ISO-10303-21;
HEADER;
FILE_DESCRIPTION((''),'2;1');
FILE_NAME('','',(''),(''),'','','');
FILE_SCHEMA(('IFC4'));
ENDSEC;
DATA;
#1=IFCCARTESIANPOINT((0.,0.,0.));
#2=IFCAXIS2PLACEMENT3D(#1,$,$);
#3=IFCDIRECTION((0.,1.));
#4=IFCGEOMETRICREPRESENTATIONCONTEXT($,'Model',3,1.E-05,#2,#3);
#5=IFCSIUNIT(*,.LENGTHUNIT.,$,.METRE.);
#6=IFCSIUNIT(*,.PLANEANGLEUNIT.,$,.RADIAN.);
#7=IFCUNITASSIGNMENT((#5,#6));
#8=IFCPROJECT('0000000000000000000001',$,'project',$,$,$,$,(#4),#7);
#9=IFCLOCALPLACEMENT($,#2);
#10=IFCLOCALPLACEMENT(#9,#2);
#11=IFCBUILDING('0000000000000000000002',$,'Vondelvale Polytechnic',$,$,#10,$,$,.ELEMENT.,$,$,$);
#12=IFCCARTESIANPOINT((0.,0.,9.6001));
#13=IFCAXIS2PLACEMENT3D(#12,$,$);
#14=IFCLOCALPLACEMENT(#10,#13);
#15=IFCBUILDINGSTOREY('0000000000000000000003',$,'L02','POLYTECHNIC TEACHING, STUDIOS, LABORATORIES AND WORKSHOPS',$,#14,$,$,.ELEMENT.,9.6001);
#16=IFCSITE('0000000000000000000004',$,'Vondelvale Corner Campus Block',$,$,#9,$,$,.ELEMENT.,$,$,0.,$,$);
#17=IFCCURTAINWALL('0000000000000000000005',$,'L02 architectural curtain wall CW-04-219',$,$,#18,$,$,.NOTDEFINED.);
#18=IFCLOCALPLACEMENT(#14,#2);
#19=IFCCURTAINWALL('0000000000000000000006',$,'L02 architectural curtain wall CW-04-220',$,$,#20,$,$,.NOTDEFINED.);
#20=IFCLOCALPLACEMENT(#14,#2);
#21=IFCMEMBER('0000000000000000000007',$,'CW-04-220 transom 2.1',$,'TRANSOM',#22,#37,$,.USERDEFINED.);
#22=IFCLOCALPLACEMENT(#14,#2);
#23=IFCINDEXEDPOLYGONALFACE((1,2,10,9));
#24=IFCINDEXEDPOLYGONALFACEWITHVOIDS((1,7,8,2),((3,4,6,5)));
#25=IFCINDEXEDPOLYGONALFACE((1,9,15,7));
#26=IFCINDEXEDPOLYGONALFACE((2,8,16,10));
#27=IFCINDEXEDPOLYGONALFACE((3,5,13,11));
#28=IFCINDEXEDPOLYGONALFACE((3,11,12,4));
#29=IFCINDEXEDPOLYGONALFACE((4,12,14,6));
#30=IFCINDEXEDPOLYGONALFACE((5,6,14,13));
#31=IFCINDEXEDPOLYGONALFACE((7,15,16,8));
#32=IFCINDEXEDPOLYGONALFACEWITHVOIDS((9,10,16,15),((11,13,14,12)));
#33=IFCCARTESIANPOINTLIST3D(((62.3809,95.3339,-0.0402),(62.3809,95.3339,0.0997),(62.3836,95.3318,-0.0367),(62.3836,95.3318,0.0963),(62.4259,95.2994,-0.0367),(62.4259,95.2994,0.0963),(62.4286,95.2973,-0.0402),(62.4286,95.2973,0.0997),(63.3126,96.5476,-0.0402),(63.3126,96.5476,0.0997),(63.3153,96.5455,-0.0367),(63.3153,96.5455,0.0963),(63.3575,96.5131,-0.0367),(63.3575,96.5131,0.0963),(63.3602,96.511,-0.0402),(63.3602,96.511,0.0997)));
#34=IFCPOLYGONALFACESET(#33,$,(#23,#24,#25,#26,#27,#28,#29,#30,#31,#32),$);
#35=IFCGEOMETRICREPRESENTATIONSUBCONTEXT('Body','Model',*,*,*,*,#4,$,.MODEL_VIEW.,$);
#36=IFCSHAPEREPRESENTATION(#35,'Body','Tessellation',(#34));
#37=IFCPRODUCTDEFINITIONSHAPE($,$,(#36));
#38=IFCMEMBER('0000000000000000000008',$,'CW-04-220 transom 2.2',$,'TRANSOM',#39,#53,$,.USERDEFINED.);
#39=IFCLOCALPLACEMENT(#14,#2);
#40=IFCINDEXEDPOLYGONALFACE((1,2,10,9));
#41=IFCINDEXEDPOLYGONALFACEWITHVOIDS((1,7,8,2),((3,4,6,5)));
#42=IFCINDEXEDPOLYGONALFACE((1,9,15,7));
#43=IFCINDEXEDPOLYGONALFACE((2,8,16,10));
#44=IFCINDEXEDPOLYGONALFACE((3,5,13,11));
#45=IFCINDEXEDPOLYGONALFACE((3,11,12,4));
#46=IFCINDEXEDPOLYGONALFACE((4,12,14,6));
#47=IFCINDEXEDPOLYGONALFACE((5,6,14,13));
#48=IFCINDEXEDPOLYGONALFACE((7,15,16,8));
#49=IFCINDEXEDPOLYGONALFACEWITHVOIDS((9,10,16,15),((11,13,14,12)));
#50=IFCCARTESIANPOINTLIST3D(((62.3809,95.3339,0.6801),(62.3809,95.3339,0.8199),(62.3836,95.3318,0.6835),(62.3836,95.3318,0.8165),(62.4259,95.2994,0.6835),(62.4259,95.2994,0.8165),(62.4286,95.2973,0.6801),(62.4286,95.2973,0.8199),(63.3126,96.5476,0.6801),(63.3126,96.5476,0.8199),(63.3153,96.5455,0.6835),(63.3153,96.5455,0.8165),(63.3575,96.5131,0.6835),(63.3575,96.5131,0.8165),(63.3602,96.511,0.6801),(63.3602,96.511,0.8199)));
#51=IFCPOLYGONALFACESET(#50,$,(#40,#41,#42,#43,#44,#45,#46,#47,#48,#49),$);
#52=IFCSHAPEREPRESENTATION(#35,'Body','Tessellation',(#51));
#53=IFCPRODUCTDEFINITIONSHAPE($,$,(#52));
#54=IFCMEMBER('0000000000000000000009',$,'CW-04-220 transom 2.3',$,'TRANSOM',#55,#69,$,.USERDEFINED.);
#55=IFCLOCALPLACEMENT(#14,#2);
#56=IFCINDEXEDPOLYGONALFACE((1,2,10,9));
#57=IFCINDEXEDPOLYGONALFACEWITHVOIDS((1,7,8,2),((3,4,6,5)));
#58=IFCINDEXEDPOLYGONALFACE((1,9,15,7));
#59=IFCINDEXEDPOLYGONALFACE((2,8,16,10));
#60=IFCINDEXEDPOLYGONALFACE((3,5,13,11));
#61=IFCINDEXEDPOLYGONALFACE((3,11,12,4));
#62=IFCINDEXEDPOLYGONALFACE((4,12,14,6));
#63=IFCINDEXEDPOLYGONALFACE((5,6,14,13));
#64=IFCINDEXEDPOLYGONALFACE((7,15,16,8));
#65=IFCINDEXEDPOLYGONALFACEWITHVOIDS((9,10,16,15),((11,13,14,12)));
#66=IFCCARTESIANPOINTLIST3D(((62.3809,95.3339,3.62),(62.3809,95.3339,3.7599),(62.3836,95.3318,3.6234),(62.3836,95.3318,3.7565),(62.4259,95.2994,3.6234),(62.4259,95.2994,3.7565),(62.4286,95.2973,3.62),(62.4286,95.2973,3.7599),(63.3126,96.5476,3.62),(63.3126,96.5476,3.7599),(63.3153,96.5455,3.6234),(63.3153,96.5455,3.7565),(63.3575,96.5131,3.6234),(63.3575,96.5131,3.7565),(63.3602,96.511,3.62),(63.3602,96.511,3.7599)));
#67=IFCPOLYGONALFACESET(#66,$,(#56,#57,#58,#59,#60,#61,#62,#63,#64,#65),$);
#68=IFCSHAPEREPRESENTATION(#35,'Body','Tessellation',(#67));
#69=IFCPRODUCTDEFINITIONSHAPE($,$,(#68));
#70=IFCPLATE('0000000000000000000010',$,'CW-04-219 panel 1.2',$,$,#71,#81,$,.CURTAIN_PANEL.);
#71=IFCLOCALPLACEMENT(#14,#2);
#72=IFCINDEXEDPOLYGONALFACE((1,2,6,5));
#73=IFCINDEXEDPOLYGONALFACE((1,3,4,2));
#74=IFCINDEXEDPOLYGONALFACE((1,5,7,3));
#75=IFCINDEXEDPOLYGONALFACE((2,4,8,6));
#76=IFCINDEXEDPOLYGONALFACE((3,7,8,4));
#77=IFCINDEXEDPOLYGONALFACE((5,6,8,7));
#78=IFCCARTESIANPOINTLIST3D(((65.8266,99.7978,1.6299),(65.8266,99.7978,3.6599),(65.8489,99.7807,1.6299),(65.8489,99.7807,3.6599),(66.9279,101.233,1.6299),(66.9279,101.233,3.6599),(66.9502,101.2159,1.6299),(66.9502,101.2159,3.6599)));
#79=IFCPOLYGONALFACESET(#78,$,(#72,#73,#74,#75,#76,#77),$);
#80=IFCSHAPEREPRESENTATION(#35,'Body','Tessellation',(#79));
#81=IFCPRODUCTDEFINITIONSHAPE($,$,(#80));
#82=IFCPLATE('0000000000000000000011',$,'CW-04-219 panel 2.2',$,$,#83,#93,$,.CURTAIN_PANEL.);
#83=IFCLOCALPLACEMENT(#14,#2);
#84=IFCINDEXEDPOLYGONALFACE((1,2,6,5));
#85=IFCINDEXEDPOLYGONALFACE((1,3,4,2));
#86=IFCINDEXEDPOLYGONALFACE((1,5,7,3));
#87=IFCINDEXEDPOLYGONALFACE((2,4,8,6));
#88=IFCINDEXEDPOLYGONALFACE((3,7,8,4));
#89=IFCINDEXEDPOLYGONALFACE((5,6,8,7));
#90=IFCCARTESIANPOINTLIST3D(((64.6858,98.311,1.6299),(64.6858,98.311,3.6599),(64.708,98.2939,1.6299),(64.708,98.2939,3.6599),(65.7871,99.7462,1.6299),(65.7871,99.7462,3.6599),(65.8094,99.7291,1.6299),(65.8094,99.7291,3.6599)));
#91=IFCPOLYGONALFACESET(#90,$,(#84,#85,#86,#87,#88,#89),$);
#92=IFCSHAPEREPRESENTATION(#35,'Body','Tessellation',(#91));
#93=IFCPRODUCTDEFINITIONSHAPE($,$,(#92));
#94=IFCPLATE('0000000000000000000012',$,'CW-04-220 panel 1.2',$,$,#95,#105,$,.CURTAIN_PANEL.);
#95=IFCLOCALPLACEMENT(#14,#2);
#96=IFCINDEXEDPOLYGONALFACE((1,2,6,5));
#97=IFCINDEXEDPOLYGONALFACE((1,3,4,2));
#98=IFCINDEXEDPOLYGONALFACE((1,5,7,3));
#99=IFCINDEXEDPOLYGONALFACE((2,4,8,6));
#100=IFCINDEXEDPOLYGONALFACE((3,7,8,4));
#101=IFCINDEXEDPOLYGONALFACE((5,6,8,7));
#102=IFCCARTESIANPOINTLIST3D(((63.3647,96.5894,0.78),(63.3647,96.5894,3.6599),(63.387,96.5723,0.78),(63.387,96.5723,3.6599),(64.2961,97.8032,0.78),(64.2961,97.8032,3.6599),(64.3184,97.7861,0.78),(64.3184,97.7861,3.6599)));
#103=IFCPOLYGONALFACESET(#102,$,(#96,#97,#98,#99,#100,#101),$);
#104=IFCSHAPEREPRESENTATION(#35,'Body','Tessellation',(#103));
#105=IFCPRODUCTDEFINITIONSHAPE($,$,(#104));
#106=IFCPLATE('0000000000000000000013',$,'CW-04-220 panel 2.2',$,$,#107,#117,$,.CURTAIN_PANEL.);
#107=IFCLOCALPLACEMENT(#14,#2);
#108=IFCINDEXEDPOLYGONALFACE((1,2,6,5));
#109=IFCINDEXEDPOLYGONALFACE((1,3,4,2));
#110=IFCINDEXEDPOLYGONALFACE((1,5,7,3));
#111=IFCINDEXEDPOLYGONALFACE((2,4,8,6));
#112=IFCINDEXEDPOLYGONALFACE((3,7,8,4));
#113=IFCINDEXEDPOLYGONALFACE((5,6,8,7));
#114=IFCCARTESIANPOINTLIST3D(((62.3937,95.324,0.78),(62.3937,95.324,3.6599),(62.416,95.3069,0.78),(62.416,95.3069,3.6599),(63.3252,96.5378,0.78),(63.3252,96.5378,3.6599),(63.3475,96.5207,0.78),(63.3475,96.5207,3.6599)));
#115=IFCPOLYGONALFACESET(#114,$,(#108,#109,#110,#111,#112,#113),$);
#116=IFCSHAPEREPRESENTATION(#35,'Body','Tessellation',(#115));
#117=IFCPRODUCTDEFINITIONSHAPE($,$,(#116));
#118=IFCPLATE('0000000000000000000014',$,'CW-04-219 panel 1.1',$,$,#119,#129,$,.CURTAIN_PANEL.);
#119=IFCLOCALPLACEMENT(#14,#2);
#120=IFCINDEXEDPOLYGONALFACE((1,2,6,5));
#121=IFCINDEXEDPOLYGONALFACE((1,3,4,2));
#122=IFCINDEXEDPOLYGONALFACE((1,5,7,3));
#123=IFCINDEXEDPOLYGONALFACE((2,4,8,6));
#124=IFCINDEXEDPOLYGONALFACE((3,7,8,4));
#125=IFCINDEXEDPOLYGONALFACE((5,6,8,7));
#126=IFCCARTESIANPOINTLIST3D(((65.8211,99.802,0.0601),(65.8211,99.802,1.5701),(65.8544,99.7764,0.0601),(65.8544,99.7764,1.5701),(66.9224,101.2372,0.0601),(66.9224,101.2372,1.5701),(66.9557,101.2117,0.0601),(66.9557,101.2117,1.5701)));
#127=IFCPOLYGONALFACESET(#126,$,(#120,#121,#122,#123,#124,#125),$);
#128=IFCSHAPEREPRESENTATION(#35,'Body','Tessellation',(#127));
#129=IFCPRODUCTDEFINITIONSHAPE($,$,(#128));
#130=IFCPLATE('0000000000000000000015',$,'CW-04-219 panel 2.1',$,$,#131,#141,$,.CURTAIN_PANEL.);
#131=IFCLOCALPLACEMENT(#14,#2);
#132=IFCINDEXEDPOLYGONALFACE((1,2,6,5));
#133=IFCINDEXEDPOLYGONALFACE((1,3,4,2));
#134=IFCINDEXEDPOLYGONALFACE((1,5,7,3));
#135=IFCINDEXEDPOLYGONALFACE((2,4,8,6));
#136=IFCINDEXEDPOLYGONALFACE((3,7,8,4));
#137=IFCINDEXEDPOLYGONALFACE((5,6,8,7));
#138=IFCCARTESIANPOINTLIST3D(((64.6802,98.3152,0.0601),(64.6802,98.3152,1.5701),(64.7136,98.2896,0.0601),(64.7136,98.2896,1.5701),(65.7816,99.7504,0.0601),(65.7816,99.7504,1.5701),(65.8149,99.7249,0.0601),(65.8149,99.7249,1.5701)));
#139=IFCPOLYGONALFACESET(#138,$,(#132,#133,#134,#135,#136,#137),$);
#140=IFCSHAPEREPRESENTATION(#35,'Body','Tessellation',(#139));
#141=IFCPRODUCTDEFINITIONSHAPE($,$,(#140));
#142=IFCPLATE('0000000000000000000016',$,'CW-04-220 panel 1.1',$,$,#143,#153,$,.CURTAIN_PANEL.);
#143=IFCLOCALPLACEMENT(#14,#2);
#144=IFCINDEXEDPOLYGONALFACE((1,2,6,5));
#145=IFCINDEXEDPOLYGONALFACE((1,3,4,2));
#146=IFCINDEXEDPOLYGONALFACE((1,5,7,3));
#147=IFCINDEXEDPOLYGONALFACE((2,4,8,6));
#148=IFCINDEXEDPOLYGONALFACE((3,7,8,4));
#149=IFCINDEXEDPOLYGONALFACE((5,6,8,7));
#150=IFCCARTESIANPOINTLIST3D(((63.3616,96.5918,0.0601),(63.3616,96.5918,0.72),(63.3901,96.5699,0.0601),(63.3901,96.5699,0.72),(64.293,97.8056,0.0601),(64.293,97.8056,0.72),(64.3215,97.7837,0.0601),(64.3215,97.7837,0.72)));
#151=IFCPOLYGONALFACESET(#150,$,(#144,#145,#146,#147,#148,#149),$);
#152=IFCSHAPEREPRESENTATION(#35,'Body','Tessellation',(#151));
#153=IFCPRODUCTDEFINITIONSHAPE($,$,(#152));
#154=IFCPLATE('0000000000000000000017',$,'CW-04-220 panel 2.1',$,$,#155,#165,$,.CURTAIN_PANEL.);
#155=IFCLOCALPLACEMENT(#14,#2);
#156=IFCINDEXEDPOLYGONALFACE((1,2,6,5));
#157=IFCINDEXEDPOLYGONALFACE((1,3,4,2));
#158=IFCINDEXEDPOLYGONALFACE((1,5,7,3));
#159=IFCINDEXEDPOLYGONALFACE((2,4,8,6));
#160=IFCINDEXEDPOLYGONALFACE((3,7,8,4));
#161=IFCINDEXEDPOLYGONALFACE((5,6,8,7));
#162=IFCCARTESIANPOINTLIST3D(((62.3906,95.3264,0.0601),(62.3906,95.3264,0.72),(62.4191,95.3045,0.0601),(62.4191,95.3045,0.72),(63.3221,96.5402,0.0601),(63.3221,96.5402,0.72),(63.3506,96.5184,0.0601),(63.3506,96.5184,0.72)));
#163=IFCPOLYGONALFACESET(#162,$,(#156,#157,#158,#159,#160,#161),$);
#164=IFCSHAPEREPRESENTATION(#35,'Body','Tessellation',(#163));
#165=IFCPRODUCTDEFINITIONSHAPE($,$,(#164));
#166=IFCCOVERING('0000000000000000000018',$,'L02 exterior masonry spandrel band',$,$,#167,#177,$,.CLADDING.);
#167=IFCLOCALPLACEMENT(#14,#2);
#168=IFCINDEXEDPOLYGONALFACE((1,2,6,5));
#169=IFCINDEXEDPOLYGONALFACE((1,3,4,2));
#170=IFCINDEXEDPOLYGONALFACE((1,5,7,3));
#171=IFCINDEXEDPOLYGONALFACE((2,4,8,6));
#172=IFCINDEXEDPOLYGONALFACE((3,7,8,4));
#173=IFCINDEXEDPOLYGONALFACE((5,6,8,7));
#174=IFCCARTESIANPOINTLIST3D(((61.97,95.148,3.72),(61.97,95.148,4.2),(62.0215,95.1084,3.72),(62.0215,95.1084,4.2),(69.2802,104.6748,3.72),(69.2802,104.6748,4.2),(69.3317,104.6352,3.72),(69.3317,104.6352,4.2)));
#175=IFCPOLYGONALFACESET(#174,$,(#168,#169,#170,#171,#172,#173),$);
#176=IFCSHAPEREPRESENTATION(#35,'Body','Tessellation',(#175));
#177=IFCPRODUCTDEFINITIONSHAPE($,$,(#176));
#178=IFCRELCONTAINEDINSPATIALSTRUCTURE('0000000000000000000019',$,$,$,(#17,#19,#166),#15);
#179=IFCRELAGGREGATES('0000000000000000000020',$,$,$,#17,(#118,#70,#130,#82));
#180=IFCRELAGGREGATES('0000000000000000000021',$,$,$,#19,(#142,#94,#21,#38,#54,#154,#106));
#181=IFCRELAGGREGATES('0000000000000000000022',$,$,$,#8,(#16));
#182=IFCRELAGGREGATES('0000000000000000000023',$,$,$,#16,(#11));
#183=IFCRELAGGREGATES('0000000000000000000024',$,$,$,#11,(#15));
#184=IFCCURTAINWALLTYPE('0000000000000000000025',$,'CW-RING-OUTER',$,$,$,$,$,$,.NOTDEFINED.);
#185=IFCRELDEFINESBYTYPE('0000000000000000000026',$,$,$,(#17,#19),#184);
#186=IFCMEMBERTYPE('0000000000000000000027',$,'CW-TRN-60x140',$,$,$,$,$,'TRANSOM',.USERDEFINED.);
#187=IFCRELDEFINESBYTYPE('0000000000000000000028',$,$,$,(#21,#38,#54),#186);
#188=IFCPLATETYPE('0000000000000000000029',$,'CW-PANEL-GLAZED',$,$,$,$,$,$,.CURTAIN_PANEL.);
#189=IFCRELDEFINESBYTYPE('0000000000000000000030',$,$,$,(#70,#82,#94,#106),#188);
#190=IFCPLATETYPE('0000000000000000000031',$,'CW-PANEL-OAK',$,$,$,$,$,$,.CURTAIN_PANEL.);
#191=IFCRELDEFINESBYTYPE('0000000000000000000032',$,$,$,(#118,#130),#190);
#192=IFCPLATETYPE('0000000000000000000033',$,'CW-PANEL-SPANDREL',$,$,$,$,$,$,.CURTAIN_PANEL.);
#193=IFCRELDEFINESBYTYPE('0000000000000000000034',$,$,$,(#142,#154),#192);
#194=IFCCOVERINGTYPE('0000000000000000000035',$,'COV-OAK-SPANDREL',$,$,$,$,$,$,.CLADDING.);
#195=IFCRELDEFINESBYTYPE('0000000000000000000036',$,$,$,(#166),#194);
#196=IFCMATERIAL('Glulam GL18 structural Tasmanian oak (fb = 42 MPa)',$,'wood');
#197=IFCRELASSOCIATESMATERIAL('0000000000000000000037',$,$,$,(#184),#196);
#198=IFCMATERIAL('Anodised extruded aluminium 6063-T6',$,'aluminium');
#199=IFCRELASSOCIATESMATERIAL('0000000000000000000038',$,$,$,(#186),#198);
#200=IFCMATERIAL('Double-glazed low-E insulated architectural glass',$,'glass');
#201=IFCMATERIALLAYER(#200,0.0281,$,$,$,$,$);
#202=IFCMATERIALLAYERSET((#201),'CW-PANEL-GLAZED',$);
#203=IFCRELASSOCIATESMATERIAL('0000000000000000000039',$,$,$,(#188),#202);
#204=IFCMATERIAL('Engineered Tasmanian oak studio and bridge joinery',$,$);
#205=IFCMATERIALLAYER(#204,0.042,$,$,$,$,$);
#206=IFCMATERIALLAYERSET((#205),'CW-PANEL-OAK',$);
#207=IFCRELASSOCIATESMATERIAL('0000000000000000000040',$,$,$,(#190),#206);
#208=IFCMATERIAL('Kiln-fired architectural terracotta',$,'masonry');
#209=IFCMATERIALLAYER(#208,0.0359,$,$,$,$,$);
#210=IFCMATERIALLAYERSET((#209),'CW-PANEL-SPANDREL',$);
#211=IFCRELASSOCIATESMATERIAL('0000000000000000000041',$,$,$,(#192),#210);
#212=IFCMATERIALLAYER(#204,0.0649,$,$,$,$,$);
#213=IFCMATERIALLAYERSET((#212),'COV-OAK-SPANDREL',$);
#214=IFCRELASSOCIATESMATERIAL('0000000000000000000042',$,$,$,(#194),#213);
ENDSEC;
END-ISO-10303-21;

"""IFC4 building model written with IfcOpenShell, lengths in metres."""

from ifc_helpers import new_model, si_unit, direction, frame, origin, origin_2d, place, context, subcontext, project, spatial, rectangle, hollow_rectangle, extrude, material, layer, layer_set, material_profile, profile_set, type_object, element, aggregate, save


model = new_model("IFC4")

# Units and contexts
model_context = context("Model", 3, precision=1e-05, world=origin(), true_north=direction((0.0, 1.0)))
body_context = subcontext(model_context, "Body", "Model", "MODEL_VIEW")
ifc_project = project(units=[si_unit("LENGTHUNIT", "METRE"), si_unit("PLANEANGLEUNIT", "RADIAN")], contexts=[model_context])

# Site, building, storey
site_placement = place(None, origin())
site = spatial("IfcSite", under=ifc_project, at=site_placement, Name="Vondelvale Corner Campus Block", CompositionType="ELEMENT", RefElevation=0.0)
building_placement = place(site_placement, origin())
building = spatial("IfcBuilding", under=site, at=building_placement, Name="Vondelvale Polytechnic", CompositionType="ELEMENT")
storey_placement = place(building_placement, frame((0.0, 0.0, 9.6001)))
storey = spatial("IfcBuildingStorey", under=building, at=storey_placement, Name="L02", Description="POLYTECHNIC TEACHING, STUDIOS, LABORATORIES AND WORKSHOPS", CompositionType="ELEMENT", Elevation=9.6001)

# Shared definitions
ifc_material_1 = material(Name="Glulam GL18 structural Tasmanian oak (fb = 42 MPa)", Category="wood")

# Curtain walls
curtain_wall_type = type_object("IfcCurtainWallType", Name="CW-RING-OUTER", PredefinedType="NOTDEFINED", material=ifc_material_1)
curtain_wall_1_placement = place(storey_placement, origin())
curtain_wall_1 = element("IfcCurtainWall", 1, at=curtain_wall_1_placement, inside=storey, type_object=curtain_wall_type, Name="L02 architectural curtain wall CW-04-219", PredefinedType="NOTDEFINED")
ifc_material_2 = material(Name="Anodised extruded aluminium 6063-T6", Category="aluminium")
curtain_wall_2_placement = place(storey_placement, origin())
curtain_wall_2 = element("IfcCurtainWall", 2, at=curtain_wall_2_placement, inside=storey, type_object=curtain_wall_type, Name="L02 architectural curtain wall CW-04-220", PredefinedType="NOTDEFINED")

# Members
ifc_material_profile_1 = material_profile(ifc_material_2, hollow_rectangle(XDim=0.0601, YDim=0.1399, WallThickness=0.0034, at=origin_2d()), Name="CW-TRN-140x60")
ifc_profile_set_1 = profile_set([ifc_material_profile_1], Name="Anodised extruded aluminium 6063-T6")
member_type_1 = type_object("IfcMemberType", Name="CW-TRN-60x140", ElementType="TRANSOM", PredefinedType="USERDEFINED", material=ifc_profile_set_1)
member_1_placement = place(storey_placement, frame((63.3364, 96.5293, 0.0298), z_axis=(-0.608924, -0.793229, 0.0), x_axis=(0.793229, -0.608924, 0.0)))
member_1 = element("IfcMember", 3, at=member_1_placement, type_object=member_type_1, Name="CW-04-220 transom 2.1", ObjectType="TRANSOM", PredefinedType="USERDEFINED", context=body_context, shape_type="SweptSolid", body=[
    extrude(hollow_rectangle(XDim=0.0601, YDim=0.1399, WallThickness=0.0034, at=origin_2d()), origin(), (0.0, 0.0, 1.0), 1.53),
])
member_2_placement = place(storey_placement, frame((63.3364, 96.5293, 0.75), z_axis=(-0.608924, -0.793229, 0.0), x_axis=(0.793229, -0.608924, 0.0)))
member_2 = element("IfcMember", 4, at=member_2_placement, type_object=member_type_1, Name="CW-04-220 transom 2.2", ObjectType="TRANSOM", PredefinedType="USERDEFINED", context=body_context, shape_type="SweptSolid", body=[
    extrude(hollow_rectangle(XDim=0.0601, YDim=0.1399, WallThickness=0.0034, at=origin_2d()), origin(), (0.0, 0.0, 1.0), 1.53),
])
member_3_placement = place(storey_placement, frame((63.3364, 96.5293, 3.6899), z_axis=(-0.608924, -0.793229, 0.0), x_axis=(0.793229, -0.608924, 0.0)))
member_3 = element("IfcMember", 5, at=member_3_placement, type_object=member_type_1, Name="CW-04-220 transom 2.3", ObjectType="TRANSOM", PredefinedType="USERDEFINED", context=body_context, shape_type="SweptSolid", body=[
    extrude(hollow_rectangle(XDim=0.0601, YDim=0.1399, WallThickness=0.0034, at=origin_2d()), origin(), (0.0, 0.0, 1.0), 1.53),
])

# Plates
ifc_material_3 = material(Name="Double-glazed low-E insulated architectural glass", Category="glass")
ifc_layer_1 = layer(ifc_material_3, 0.0281)
ifc_layer_set_1 = layer_set([ifc_layer_1], Name="CW-PANEL-GLAZED")
plate_type_1 = type_object("IfcPlateType", Name="CW-PANEL-GLAZED", PredefinedType="CURTAIN_PANEL", material=ifc_layer_set_1)
plate_1_placement = place(storey_placement, frame((66.3884, 100.5068, 1.6299), z_axis=(0.0, 0.0, 1.0), x_axis=(-0.608771, -0.793346, 0.0)))
plate_1 = element("IfcPlate", 6, at=plate_1_placement, type_object=plate_type_1, Name="CW-04-219 panel 1.2", PredefinedType="CURTAIN_PANEL", context=body_context, shape_type="SweptSolid", body=[
    extrude(rectangle(XDim=1.8091, YDim=0.0281, at=origin_2d()), origin(), (0.0, 0.0, 1.0), 2.03),
])
plate_2_placement = place(storey_placement, frame((65.2476, 99.02, 1.6299), z_axis=(0.0, 0.0, 1.0), x_axis=(-0.608771, -0.793346, 0.0)))
plate_2 = element("IfcPlate", 7, at=plate_2_placement, type_object=plate_type_1, Name="CW-04-219 panel 2.2", PredefinedType="CURTAIN_PANEL", context=body_context, shape_type="SweptSolid", body=[
    extrude(rectangle(XDim=1.8091, YDim=0.0281, at=origin_2d()), origin(), (0.0, 0.0, 1.0), 2.03),
])
plate_3_placement = place(storey_placement, frame((63.8416, 97.1877, 0.78), z_axis=(0.0, 0.0, 1.0), x_axis=(-0.608787, -0.793334, 0.0)))
plate_3 = element("IfcPlate", 8, at=plate_3_placement, type_object=plate_type_1, Name="CW-04-220 panel 1.2", PredefinedType="CURTAIN_PANEL", context=body_context, shape_type="SweptSolid", body=[
    extrude(rectangle(XDim=1.53, YDim=0.0281, at=origin_2d()), origin(), (0.0, 0.0, 1.0), 2.8799),
])
plate_4_placement = place(storey_placement, frame((62.8706, 95.9224, 0.78), z_axis=(0.0, 0.0, 1.0), x_axis=(-0.608787, -0.793334, 0.0)))
plate_4 = element("IfcPlate", 9, at=plate_4_placement, type_object=plate_type_1, Name="CW-04-220 panel 2.2", PredefinedType="CURTAIN_PANEL", context=body_context, shape_type="SweptSolid", body=[
    extrude(rectangle(XDim=1.53, YDim=0.0281, at=origin_2d()), origin(), (0.0, 0.0, 1.0), 2.8799),
])
ifc_material_4 = material(Name="Engineered Tasmanian oak studio and bridge joinery")
ifc_layer_2 = layer(ifc_material_4, 0.042)
ifc_layer_set_2 = layer_set([ifc_layer_2], Name="CW-PANEL-OAK")
plate_type_2 = type_object("IfcPlateType", Name="CW-PANEL-OAK", PredefinedType="CURTAIN_PANEL", material=ifc_layer_set_2)
plate_5_placement = place(storey_placement, frame((66.3884, 100.5068, 0.0601), z_axis=(0.0, 0.0, 1.0), x_axis=(-0.608771, -0.793346, 0.0)))
plate_5 = element("IfcPlate", 10, at=plate_5_placement, type_object=plate_type_2, Name="CW-04-219 panel 1.1", PredefinedType="CURTAIN_PANEL", context=body_context, shape_type="SweptSolid", body=[
    extrude(rectangle(XDim=1.8091, YDim=0.042, at=origin_2d()), origin(), (0.0, 0.0, 1.0), 1.51),
])
plate_6_placement = place(storey_placement, frame((65.2476, 99.02, 0.0601), z_axis=(0.0, 0.0, 1.0), x_axis=(-0.608771, -0.793346, 0.0)))
plate_6 = element("IfcPlate", 11, at=plate_6_placement, type_object=plate_type_2, Name="CW-04-219 panel 2.1", PredefinedType="CURTAIN_PANEL", context=body_context, shape_type="SweptSolid", body=[
    extrude(rectangle(XDim=1.8091, YDim=0.042, at=origin_2d()), origin(), (0.0, 0.0, 1.0), 1.51),
])
aggregate(curtain_wall_1, [plate_5, plate_1, plate_6, plate_2])
ifc_material_5 = material(Name="Kiln-fired architectural terracotta", Category="masonry")
ifc_layer_3 = layer(ifc_material_5, 0.0359)
ifc_layer_set_3 = layer_set([ifc_layer_3], Name="CW-PANEL-SPANDREL")
plate_type_3 = type_object("IfcPlateType", Name="CW-PANEL-SPANDREL", PredefinedType="CURTAIN_PANEL", material=ifc_layer_set_3)
plate_7_placement = place(storey_placement, frame((63.8416, 97.1877, 0.0601), z_axis=(0.0, 0.0, 1.0), x_axis=(-0.608787, -0.793334, 0.0)))
plate_7 = element("IfcPlate", 12, at=plate_7_placement, type_object=plate_type_3, Name="CW-04-220 panel 1.1", PredefinedType="CURTAIN_PANEL", context=body_context, shape_type="SweptSolid", body=[
    extrude(rectangle(XDim=1.53, YDim=0.0359, at=origin_2d()), origin(), (0.0, 0.0, 1.0), 0.6599),
])
plate_8_placement = place(storey_placement, frame((62.8706, 95.9224, 0.0601), z_axis=(0.0, 0.0, 1.0), x_axis=(-0.608787, -0.793334, 0.0)))
plate_8 = element("IfcPlate", 13, at=plate_8_placement, type_object=plate_type_3, Name="CW-04-220 panel 2.1", PredefinedType="CURTAIN_PANEL", context=body_context, shape_type="SweptSolid", body=[
    extrude(rectangle(XDim=1.53, YDim=0.0359, at=origin_2d()), origin(), (0.0, 0.0, 1.0), 0.6599),
])
aggregate(curtain_wall_2, [plate_7, plate_3, member_1, member_2, member_3, plate_8, plate_4])

# Covering
ifc_layer_4 = layer(ifc_material_4, 0.0649)
ifc_layer_set_4 = layer_set([ifc_layer_4], Name="COV-OAK-SPANDREL")
covering_type = type_object("IfcCoveringType", Name="COV-OAK-SPANDREL", PredefinedType="CLADDING", material=ifc_layer_set_4)
covering_placement = place(storey_placement, frame((65.6509, 99.8916, 3.72), z_axis=(0.0, 0.0, 1.0), x_axis=(-0.608761, -0.793353, 0.0)))
element("IfcCovering", 14, at=covering_placement, inside=storey, type_object=covering_type, Name="L02 exterior masonry spandrel band", PredefinedType="CLADDING", context=body_context, shape_type="SweptSolid", body=[
    extrude(rectangle(XDim=12.0083, YDim=0.0649, at=origin_2d()), origin(), (0.0, 0.0, 1.0), 0.48),
])

save(model, "model.ifc")
